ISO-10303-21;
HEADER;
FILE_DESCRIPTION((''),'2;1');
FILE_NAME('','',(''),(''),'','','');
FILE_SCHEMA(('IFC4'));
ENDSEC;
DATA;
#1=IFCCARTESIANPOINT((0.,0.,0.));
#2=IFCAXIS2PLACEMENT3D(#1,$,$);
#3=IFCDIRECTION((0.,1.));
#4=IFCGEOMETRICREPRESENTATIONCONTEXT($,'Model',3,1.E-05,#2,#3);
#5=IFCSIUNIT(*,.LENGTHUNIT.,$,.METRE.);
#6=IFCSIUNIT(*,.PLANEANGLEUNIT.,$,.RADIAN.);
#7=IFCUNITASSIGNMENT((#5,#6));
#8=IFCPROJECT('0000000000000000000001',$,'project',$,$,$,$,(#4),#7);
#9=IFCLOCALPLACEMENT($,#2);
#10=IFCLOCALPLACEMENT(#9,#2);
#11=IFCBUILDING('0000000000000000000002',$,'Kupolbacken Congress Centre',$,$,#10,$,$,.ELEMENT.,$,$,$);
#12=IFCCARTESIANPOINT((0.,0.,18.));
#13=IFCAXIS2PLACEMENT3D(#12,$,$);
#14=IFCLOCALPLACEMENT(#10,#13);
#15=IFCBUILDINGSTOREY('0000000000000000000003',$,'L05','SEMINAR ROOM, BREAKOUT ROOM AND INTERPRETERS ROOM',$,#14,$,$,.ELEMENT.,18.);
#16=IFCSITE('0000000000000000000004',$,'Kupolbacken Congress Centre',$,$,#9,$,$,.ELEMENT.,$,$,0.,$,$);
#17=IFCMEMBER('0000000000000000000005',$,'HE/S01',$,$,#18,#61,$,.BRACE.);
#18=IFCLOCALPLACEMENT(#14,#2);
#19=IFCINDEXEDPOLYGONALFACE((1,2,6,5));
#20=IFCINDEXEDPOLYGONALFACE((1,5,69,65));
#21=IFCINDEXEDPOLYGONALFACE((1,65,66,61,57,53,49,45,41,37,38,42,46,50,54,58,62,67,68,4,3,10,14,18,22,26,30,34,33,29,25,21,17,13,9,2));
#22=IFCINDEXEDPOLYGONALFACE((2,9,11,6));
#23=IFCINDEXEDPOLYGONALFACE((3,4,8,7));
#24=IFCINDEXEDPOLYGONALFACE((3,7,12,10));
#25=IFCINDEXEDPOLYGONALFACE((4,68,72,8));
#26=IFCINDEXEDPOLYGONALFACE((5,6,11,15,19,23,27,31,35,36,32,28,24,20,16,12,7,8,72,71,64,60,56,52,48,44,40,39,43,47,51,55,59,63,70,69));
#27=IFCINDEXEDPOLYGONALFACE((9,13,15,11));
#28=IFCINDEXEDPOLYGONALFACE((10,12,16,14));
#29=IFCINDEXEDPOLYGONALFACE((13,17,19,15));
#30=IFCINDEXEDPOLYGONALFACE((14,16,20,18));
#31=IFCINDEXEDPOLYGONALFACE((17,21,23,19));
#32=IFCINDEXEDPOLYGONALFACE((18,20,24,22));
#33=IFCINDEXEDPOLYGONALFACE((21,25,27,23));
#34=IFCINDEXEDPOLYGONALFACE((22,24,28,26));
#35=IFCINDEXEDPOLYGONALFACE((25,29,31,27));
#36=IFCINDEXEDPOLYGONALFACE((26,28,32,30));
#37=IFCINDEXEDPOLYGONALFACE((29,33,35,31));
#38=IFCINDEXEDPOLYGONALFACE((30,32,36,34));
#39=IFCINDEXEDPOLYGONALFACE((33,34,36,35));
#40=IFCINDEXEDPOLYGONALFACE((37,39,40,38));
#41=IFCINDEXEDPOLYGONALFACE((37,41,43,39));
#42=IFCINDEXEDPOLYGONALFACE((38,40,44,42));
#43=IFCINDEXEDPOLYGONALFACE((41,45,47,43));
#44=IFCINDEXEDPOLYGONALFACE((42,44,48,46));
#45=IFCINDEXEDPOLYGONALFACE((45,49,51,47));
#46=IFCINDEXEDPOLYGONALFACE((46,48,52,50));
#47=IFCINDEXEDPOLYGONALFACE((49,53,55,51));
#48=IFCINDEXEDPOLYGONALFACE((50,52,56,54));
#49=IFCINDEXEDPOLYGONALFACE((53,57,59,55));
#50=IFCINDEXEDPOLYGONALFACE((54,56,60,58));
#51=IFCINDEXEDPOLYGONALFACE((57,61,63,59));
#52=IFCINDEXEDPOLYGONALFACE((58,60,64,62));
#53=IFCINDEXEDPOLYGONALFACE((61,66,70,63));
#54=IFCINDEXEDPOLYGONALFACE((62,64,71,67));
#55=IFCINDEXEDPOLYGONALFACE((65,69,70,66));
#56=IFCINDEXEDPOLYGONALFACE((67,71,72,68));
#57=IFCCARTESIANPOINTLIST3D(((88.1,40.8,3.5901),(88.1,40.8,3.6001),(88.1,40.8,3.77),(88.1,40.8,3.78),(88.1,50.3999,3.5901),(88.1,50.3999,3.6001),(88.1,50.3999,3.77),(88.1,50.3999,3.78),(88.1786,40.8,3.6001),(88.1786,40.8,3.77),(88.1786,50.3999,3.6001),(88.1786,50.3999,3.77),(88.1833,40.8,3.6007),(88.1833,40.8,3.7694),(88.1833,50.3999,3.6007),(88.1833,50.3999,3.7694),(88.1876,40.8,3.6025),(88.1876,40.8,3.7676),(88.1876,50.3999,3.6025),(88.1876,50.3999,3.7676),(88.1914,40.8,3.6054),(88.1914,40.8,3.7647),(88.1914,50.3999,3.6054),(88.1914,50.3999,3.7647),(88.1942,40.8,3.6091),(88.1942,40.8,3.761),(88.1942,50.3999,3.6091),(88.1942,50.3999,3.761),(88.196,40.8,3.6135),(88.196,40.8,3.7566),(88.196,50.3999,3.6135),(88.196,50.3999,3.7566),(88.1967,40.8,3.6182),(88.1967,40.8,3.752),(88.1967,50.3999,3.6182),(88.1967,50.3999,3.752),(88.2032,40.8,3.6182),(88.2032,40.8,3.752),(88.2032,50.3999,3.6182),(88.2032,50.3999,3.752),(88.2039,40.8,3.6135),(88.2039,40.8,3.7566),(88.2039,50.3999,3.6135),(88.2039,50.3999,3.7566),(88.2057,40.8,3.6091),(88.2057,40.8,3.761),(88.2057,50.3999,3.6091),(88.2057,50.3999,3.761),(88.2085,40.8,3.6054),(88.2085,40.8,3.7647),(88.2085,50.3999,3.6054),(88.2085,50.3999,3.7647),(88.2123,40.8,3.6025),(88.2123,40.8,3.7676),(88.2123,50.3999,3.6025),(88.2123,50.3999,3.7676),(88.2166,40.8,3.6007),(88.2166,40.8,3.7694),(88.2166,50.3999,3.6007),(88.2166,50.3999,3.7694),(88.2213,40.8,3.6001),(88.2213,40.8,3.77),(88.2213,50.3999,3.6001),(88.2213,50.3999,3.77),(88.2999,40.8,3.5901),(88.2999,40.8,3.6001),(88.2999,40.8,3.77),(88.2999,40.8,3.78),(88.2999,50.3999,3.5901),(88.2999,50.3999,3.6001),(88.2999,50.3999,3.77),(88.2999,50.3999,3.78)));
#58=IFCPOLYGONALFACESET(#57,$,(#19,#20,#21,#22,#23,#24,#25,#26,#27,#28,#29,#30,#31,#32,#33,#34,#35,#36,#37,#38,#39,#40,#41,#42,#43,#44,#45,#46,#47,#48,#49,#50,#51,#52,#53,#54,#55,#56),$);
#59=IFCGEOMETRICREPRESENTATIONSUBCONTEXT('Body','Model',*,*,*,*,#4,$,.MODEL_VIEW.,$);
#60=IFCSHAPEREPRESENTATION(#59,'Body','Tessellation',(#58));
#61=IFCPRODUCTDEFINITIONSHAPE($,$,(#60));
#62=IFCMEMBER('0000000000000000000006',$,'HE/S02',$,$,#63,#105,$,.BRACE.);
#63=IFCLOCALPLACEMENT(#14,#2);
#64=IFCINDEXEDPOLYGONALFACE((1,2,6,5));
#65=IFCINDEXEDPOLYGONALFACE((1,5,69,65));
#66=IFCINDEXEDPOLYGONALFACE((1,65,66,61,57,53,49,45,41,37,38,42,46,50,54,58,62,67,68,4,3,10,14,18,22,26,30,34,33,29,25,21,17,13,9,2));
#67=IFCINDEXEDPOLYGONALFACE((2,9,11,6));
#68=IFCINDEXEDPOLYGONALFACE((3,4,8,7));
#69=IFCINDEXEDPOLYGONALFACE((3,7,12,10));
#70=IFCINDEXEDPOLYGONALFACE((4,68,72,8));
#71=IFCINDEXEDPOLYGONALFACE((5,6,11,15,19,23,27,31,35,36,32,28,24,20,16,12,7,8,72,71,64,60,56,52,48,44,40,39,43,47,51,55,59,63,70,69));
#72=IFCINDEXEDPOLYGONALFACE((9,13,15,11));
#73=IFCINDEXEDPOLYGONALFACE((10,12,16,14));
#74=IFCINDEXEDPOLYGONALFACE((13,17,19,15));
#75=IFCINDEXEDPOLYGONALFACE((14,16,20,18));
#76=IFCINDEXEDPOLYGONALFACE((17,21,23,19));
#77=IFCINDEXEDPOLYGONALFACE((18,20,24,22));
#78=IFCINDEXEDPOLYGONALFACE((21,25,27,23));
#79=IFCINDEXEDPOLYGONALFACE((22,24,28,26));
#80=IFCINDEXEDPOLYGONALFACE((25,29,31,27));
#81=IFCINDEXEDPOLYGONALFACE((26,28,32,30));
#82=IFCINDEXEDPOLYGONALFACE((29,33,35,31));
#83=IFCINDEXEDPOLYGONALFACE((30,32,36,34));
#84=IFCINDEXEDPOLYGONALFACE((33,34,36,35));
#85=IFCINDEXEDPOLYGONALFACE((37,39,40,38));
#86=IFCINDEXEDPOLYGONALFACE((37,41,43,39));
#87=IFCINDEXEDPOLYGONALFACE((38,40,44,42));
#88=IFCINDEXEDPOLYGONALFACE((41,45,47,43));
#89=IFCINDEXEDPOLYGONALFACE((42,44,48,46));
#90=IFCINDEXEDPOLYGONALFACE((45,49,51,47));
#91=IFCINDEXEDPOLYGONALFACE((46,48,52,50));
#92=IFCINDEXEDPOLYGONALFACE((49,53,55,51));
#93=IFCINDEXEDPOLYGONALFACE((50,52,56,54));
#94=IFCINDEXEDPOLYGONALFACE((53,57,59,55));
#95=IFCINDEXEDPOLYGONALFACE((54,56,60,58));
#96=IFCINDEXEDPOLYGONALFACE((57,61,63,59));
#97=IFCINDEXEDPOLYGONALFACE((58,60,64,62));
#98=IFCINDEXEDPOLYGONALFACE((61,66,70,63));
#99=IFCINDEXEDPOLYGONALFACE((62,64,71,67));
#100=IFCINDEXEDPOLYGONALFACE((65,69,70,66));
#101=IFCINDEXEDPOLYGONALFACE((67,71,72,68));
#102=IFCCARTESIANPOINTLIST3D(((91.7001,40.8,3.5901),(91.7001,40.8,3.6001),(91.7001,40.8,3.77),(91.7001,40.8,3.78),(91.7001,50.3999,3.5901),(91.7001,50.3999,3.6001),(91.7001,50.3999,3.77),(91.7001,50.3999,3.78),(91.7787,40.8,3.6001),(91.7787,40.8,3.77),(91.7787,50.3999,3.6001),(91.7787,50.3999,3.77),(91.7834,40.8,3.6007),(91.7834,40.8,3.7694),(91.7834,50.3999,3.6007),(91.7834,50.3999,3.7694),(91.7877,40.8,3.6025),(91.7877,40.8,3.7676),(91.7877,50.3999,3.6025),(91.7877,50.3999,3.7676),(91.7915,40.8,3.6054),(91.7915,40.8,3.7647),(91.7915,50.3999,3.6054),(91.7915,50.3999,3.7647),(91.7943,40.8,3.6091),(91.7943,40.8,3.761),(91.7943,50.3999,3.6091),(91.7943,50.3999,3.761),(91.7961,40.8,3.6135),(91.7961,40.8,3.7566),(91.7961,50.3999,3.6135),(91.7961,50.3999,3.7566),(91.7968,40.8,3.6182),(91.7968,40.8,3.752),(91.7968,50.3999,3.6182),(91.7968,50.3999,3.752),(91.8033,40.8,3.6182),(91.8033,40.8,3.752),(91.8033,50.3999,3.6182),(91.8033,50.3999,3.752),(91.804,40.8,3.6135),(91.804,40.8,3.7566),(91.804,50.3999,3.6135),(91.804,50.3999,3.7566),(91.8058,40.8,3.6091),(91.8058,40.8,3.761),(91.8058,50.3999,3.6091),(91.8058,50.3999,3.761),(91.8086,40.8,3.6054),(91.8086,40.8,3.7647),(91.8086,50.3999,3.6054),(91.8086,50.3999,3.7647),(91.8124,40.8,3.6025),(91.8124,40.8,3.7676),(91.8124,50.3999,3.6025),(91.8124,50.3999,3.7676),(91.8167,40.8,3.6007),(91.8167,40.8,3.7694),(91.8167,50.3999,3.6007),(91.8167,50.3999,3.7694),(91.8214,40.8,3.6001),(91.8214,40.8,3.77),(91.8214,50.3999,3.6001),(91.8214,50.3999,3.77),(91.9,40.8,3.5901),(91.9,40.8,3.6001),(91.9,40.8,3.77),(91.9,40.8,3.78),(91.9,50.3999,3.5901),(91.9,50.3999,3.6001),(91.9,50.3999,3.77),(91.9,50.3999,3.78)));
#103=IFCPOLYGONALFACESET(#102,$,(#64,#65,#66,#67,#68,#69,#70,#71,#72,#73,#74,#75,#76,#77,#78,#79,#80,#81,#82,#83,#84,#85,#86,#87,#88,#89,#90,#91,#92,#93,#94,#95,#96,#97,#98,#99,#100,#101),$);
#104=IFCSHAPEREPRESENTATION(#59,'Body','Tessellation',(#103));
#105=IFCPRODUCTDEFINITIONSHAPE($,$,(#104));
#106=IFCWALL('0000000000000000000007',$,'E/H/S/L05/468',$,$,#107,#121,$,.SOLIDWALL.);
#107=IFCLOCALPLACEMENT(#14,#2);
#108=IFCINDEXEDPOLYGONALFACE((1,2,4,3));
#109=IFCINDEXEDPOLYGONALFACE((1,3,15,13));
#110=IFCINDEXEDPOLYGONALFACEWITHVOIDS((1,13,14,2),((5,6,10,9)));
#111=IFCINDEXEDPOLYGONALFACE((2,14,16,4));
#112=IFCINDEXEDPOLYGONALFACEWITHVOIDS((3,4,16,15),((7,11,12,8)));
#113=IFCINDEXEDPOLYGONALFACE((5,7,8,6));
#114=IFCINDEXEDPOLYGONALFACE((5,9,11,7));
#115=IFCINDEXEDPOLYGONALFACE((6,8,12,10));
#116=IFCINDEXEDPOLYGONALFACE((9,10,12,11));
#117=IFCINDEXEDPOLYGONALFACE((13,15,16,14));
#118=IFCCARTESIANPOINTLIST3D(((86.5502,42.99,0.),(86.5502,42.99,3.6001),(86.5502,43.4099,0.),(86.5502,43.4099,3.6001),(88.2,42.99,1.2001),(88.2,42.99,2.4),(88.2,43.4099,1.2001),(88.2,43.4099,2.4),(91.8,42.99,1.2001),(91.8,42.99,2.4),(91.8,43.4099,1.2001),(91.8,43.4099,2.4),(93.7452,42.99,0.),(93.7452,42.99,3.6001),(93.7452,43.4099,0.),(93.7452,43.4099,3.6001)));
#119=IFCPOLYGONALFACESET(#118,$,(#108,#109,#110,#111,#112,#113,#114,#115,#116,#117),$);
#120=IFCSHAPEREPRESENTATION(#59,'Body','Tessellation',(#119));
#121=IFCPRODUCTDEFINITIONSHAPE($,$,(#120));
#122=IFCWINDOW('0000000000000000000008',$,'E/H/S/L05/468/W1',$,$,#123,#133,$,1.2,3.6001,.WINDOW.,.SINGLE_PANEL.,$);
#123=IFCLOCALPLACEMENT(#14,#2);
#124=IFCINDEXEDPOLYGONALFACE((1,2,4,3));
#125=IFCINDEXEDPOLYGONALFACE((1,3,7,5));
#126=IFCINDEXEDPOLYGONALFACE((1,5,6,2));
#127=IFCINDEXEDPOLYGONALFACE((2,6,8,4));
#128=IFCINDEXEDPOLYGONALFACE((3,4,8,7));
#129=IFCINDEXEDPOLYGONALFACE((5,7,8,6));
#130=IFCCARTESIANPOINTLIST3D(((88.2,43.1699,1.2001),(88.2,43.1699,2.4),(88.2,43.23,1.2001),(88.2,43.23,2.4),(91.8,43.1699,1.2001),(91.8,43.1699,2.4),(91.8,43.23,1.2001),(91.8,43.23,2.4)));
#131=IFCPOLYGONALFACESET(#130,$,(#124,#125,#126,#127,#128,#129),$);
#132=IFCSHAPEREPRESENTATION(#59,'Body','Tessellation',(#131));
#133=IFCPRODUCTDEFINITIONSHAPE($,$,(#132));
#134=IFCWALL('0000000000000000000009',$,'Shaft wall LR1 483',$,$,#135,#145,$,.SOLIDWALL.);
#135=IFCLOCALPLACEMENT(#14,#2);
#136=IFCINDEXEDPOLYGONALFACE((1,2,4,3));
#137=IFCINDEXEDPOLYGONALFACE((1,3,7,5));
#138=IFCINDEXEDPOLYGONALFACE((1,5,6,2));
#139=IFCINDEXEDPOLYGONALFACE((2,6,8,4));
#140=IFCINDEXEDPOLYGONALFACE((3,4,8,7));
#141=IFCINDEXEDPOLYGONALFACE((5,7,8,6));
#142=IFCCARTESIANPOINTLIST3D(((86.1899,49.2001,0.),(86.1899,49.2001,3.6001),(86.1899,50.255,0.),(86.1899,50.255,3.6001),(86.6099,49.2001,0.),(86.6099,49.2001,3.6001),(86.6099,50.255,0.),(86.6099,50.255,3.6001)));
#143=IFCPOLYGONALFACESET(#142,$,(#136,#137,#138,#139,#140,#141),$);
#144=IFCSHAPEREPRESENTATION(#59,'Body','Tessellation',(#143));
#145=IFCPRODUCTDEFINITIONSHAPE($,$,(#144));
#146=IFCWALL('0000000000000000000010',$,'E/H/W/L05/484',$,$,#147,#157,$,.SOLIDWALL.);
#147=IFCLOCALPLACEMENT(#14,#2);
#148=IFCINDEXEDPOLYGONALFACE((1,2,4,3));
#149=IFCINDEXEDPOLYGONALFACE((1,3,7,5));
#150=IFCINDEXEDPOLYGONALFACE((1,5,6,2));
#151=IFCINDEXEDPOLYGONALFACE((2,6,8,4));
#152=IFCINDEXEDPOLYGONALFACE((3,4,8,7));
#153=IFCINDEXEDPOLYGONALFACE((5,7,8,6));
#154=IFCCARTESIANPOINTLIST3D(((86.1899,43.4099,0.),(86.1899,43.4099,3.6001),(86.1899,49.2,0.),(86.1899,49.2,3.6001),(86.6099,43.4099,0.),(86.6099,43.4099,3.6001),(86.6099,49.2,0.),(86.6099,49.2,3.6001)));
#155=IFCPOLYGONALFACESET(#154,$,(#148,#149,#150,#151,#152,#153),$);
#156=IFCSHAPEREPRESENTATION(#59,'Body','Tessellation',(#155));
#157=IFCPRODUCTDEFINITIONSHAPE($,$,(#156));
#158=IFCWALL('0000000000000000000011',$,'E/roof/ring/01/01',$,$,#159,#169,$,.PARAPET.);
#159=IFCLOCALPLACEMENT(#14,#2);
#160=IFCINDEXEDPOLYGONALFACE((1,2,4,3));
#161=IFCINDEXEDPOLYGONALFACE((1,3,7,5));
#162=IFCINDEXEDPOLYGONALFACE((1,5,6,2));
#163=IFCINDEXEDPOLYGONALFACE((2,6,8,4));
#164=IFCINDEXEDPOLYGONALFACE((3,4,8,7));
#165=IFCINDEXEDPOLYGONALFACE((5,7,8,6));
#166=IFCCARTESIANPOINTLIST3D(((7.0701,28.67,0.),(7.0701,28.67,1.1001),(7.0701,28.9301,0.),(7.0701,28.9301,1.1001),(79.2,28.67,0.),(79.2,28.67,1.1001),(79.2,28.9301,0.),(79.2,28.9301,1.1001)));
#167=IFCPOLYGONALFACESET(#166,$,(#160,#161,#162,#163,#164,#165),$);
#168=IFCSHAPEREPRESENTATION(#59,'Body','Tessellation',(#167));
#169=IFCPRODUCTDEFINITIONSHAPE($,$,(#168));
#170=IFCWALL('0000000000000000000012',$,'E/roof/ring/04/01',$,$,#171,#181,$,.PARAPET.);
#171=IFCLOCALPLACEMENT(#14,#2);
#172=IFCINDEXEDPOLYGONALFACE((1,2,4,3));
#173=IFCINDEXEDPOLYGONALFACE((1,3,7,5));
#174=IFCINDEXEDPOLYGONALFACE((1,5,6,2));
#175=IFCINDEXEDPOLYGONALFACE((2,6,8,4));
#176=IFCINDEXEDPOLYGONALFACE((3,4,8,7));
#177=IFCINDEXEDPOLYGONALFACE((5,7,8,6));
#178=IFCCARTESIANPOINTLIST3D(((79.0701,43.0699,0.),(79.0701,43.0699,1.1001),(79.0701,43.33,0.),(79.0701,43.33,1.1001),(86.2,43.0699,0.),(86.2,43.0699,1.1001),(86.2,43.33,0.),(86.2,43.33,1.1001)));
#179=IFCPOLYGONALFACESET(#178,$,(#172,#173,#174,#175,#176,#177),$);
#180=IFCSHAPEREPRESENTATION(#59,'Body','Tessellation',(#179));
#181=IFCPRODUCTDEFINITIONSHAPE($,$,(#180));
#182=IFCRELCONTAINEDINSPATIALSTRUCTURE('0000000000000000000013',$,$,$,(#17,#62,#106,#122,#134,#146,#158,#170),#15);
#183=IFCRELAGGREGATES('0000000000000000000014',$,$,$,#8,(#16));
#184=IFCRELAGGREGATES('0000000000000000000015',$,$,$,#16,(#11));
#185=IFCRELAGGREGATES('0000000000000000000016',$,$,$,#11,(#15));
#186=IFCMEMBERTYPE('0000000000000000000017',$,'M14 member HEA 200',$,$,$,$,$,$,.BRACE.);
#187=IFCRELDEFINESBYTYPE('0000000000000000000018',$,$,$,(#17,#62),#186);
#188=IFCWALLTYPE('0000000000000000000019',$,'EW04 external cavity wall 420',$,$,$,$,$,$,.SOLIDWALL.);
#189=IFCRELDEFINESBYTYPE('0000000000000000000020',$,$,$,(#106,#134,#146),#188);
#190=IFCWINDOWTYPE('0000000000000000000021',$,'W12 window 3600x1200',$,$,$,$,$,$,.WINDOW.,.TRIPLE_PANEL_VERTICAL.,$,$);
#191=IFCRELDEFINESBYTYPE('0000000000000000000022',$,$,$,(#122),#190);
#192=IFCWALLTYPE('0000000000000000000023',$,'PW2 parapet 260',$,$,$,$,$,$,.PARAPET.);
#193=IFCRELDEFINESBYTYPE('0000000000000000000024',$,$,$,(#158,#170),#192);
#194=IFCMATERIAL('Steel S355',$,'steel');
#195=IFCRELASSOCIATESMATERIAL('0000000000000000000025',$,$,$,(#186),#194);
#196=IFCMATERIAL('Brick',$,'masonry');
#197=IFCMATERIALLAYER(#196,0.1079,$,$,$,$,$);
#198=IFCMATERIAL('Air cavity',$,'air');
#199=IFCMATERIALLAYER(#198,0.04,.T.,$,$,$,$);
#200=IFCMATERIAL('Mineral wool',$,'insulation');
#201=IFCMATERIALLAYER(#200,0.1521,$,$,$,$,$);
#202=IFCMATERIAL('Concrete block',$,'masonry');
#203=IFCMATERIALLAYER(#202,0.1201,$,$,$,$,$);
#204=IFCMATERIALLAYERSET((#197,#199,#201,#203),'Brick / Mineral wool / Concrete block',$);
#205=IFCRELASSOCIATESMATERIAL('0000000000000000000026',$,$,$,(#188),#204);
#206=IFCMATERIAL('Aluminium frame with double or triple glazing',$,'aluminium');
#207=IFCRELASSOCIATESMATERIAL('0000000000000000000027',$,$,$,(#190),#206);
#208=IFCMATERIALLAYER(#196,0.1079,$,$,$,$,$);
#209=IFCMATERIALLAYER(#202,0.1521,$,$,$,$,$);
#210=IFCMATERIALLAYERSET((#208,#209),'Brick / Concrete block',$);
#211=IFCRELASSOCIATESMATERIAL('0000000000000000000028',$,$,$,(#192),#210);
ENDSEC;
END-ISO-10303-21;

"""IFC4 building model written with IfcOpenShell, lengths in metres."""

from ifc_helpers import new_model, si_unit, direction, frame, frame_2d, origin, origin_2d, place, context, subcontext, project, spatial, rectangle, i_section, extrude, material, layer, layer_set, material_profile, profile_set, type_object, element, fill, save


model = new_model("IFC4")

# Units and contexts
model_context = context("Model", 3, precision=1e-05, world=origin(), true_north=direction((0.0, 1.0)))
body_context = subcontext(model_context, "Body", "Model", "MODEL_VIEW")
ifc_project = project(units=[si_unit("LENGTHUNIT", "METRE"), si_unit("PLANEANGLEUNIT", "RADIAN")], contexts=[model_context])

# Site, building, storey
site_placement = place(None, origin())
site = spatial("IfcSite", under=ifc_project, at=site_placement, Name="Kupolbacken Congress Centre", CompositionType="ELEMENT", RefElevation=0.0)
building_placement = place(site_placement, origin())
building = spatial("IfcBuilding", under=site, at=building_placement, Name="Kupolbacken Congress Centre", CompositionType="ELEMENT")
storey_placement = place(building_placement, frame((0.0, 0.0, 18.0)))
storey = spatial("IfcBuildingStorey", under=building, at=storey_placement, Name="L05", Description="SEMINAR ROOM, BREAKOUT ROOM AND INTERPRETERS ROOM", CompositionType="ELEMENT", Elevation=18.0)

# Members
ifc_material_1 = material(Name="Steel S355", Category="steel")
ifc_material_profile_1 = material_profile(ifc_material_1, i_section(OverallWidth=0.2, OverallDepth=0.1899, WebThickness=0.0066, FlangeThickness=0.01, FilletRadius=0.0181, at=origin_2d()), Name="HEA 200")
ifc_profile_set_1 = profile_set([ifc_material_profile_1], Name="Steel S355")
member_type_1 = type_object("IfcMemberType", Name="M14 member HEA 200", PredefinedType="BRACE", material=ifc_profile_set_1)
for number, where, z_axis, x_axis, name in (
    (1, (88.2, 50.3999, 3.6851), (0.0, -1.0, 0.0), (1.0, 0.0, 0.0), "HE/S01"),
    (2, (91.8, 50.3999, 3.6851), (0.0, -1.0, 0.0), (1.0, 0.0, 0.0), "HE/S02"),
):
    element("IfcMember", number, at=place(storey_placement, frame(where, z_axis=z_axis, x_axis=x_axis)), inside=storey, type_object=member_type_1, Name=name, PredefinedType="BRACE", context=body_context, shape_type="SweptSolid", body=[
        extrude(i_section(OverallWidth=0.2, OverallDepth=0.1899, WebThickness=0.0066, FlangeThickness=0.01, FilletRadius=0.0181, at=origin_2d()), origin(), (0.0, 0.0, 1.0), 9.5999),
    ])

# Wall, opening, window
ifc_material_2 = material(Name="Brick", Category="masonry")
ifc_layer_1 = layer(ifc_material_2, 0.1079)
ifc_material_3 = material(Name="Air cavity", Category="air")
ifc_layer_2 = layer(ifc_material_3, 0.04, ventilated=True)
ifc_material_4 = material(Name="Mineral wool", Category="insulation")
ifc_layer_3 = layer(ifc_material_4, 0.1521)
ifc_material_5 = material(Name="Concrete block", Category="masonry")
ifc_layer_4 = layer(ifc_material_5, 0.1201)
ifc_layer_set_1 = layer_set([ifc_layer_1, ifc_layer_2, ifc_layer_3, ifc_layer_4], Name="Brick / Mineral wool / Concrete block")
wall_type_1 = type_object("IfcWallType", Name="EW04 external cavity wall 420", PredefinedType="SOLIDWALL", material=ifc_layer_set_1)
wall_1_placement = place(storey_placement, frame((86.55, 43.2, 0.0), z_axis=(0.0, 0.0, 1.0), x_axis=(1.0, 0.0, 0.0)))
wall_1 = element("IfcWall", 3, at=wall_1_placement, inside=storey, type_object=wall_type_1, Name="E/H/S/L05/468", PredefinedType="SOLIDWALL", context=body_context, shape_type="SweptSolid", body=[
    extrude(rectangle(XDim=7.1951, YDim=0.4199, at=frame_2d((3.5977, 0.0))), origin(), (0.0, 0.0, 1.0), 3.6001),
])
opening_placement = place(wall_1_placement, frame((1.6499, 0.0, 1.2)))
opening = element("IfcOpeningElement", 4, at=opening_placement, cuts=wall_1, PredefinedType="OPENING", context=body_context, shape_type="SweptSolid", body=[
    extrude(rectangle(XDim=3.6001, YDim=1.2, at=frame_2d((1.8, 0.6001))), frame((0.0, 0.22, 0.0), z_axis=(0.0, -1.0, 0.0), x_axis=(1.0, 0.0, 0.0)), (0.0, 0.0, 1.0), 0.4399),
])
ifc_material_6 = material(Name="Aluminium frame with double or triple glazing", Category="aluminium")
window_type = type_object("IfcWindowType", Name="W12 window 3600x1200", PartitioningType="TRIPLE_PANEL_VERTICAL", PredefinedType="WINDOW", material=ifc_material_6)
window_placement = place(opening_placement, origin())
window = element("IfcWindow", 5, at=window_placement, inside=storey, type_object=window_type, Name="E/H/S/L05/468/W1", OverallHeight=1.2, OverallWidth=3.6001, PartitioningType="SINGLE_PANEL", PredefinedType="WINDOW", context=body_context, shape_type="SweptSolid", body=[
    extrude(rectangle(XDim=3.6001, YDim=1.2, at=frame_2d((1.8, 0.6001))), frame((0.0, 0.03, 0.0), z_axis=(0.0, -1.0, 0.0), x_axis=(1.0, 0.0, 0.0)), (0.0, 0.0, 1.0), 0.0601),
])
fill(opening, window)

# Walls
wall_2_placement = place(storey_placement, frame((86.3999, 50.2549, 0.0), z_axis=(0.0, 0.0, 1.0), x_axis=(0.0, -1.0, 0.0)))
element("IfcWall", 6, at=wall_2_placement, inside=storey, type_object=wall_type_1, Name="Shaft wall LR1 483", PredefinedType="SOLIDWALL", context=body_context, shape_type="SweptSolid", body=[
    extrude(rectangle(XDim=1.0549, YDim=0.4199, at=frame_2d((0.5273, 0.0))), origin(), (0.0, 0.0, 1.0), 3.6001),
])
wall_3_placement = place(storey_placement, frame((86.3999, 49.2, 0.0), z_axis=(0.0, 0.0, 1.0), x_axis=(0.0, -1.0, 0.0)))
element("IfcWall", 7, at=wall_3_placement, inside=storey, type_object=wall_type_1, Name="E/H/W/L05/484", PredefinedType="SOLIDWALL", context=body_context, shape_type="SweptSolid", body=[
    extrude(rectangle(XDim=5.79, YDim=0.4199, at=frame_2d((2.895, 0.0))), origin(), (0.0, 0.0, 1.0), 3.6001),
])
ifc_layer_5 = layer(ifc_material_2, 0.1079)
ifc_layer_6 = layer(ifc_material_5, 0.1521)
ifc_layer_set_2 = layer_set([ifc_layer_5, ifc_layer_6], Name="Brick / Concrete block")
wall_type_2 = type_object("IfcWallType", Name="PW2 parapet 260", PredefinedType="PARAPET", material=ifc_layer_set_2)
wall_4_placement = place(storey_placement, frame((79.2, 28.8, 0.0), z_axis=(0.0, 0.0, 1.0), x_axis=(-1.0, 0.0, 0.0)))
element("IfcWall", 8, at=wall_4_placement, inside=storey, type_object=wall_type_2, Name="E/roof/ring/01/01", PredefinedType="PARAPET", context=body_context, shape_type="SweptSolid", body=[
    extrude(rectangle(XDim=72.1299, YDim=0.26, at=frame_2d((36.0649, 0.0))), origin(), (0.0, 0.0, 1.0), 1.1001),
])
wall_5_placement = place(storey_placement, frame((86.2, 43.2, 0.0), z_axis=(0.0, 0.0, 1.0), x_axis=(-1.0, 0.0, 0.0)))
element("IfcWall", 9, at=wall_5_placement, inside=storey, type_object=wall_type_2, Name="E/roof/ring/04/01", PredefinedType="PARAPET", context=body_context, shape_type="SweptSolid", body=[
    extrude(rectangle(XDim=7.1299, YDim=0.26, at=frame_2d((3.5649, 0.0))), origin(), (0.0, 0.0, 1.0), 1.1001),
])

save(model, "model.ifc")
